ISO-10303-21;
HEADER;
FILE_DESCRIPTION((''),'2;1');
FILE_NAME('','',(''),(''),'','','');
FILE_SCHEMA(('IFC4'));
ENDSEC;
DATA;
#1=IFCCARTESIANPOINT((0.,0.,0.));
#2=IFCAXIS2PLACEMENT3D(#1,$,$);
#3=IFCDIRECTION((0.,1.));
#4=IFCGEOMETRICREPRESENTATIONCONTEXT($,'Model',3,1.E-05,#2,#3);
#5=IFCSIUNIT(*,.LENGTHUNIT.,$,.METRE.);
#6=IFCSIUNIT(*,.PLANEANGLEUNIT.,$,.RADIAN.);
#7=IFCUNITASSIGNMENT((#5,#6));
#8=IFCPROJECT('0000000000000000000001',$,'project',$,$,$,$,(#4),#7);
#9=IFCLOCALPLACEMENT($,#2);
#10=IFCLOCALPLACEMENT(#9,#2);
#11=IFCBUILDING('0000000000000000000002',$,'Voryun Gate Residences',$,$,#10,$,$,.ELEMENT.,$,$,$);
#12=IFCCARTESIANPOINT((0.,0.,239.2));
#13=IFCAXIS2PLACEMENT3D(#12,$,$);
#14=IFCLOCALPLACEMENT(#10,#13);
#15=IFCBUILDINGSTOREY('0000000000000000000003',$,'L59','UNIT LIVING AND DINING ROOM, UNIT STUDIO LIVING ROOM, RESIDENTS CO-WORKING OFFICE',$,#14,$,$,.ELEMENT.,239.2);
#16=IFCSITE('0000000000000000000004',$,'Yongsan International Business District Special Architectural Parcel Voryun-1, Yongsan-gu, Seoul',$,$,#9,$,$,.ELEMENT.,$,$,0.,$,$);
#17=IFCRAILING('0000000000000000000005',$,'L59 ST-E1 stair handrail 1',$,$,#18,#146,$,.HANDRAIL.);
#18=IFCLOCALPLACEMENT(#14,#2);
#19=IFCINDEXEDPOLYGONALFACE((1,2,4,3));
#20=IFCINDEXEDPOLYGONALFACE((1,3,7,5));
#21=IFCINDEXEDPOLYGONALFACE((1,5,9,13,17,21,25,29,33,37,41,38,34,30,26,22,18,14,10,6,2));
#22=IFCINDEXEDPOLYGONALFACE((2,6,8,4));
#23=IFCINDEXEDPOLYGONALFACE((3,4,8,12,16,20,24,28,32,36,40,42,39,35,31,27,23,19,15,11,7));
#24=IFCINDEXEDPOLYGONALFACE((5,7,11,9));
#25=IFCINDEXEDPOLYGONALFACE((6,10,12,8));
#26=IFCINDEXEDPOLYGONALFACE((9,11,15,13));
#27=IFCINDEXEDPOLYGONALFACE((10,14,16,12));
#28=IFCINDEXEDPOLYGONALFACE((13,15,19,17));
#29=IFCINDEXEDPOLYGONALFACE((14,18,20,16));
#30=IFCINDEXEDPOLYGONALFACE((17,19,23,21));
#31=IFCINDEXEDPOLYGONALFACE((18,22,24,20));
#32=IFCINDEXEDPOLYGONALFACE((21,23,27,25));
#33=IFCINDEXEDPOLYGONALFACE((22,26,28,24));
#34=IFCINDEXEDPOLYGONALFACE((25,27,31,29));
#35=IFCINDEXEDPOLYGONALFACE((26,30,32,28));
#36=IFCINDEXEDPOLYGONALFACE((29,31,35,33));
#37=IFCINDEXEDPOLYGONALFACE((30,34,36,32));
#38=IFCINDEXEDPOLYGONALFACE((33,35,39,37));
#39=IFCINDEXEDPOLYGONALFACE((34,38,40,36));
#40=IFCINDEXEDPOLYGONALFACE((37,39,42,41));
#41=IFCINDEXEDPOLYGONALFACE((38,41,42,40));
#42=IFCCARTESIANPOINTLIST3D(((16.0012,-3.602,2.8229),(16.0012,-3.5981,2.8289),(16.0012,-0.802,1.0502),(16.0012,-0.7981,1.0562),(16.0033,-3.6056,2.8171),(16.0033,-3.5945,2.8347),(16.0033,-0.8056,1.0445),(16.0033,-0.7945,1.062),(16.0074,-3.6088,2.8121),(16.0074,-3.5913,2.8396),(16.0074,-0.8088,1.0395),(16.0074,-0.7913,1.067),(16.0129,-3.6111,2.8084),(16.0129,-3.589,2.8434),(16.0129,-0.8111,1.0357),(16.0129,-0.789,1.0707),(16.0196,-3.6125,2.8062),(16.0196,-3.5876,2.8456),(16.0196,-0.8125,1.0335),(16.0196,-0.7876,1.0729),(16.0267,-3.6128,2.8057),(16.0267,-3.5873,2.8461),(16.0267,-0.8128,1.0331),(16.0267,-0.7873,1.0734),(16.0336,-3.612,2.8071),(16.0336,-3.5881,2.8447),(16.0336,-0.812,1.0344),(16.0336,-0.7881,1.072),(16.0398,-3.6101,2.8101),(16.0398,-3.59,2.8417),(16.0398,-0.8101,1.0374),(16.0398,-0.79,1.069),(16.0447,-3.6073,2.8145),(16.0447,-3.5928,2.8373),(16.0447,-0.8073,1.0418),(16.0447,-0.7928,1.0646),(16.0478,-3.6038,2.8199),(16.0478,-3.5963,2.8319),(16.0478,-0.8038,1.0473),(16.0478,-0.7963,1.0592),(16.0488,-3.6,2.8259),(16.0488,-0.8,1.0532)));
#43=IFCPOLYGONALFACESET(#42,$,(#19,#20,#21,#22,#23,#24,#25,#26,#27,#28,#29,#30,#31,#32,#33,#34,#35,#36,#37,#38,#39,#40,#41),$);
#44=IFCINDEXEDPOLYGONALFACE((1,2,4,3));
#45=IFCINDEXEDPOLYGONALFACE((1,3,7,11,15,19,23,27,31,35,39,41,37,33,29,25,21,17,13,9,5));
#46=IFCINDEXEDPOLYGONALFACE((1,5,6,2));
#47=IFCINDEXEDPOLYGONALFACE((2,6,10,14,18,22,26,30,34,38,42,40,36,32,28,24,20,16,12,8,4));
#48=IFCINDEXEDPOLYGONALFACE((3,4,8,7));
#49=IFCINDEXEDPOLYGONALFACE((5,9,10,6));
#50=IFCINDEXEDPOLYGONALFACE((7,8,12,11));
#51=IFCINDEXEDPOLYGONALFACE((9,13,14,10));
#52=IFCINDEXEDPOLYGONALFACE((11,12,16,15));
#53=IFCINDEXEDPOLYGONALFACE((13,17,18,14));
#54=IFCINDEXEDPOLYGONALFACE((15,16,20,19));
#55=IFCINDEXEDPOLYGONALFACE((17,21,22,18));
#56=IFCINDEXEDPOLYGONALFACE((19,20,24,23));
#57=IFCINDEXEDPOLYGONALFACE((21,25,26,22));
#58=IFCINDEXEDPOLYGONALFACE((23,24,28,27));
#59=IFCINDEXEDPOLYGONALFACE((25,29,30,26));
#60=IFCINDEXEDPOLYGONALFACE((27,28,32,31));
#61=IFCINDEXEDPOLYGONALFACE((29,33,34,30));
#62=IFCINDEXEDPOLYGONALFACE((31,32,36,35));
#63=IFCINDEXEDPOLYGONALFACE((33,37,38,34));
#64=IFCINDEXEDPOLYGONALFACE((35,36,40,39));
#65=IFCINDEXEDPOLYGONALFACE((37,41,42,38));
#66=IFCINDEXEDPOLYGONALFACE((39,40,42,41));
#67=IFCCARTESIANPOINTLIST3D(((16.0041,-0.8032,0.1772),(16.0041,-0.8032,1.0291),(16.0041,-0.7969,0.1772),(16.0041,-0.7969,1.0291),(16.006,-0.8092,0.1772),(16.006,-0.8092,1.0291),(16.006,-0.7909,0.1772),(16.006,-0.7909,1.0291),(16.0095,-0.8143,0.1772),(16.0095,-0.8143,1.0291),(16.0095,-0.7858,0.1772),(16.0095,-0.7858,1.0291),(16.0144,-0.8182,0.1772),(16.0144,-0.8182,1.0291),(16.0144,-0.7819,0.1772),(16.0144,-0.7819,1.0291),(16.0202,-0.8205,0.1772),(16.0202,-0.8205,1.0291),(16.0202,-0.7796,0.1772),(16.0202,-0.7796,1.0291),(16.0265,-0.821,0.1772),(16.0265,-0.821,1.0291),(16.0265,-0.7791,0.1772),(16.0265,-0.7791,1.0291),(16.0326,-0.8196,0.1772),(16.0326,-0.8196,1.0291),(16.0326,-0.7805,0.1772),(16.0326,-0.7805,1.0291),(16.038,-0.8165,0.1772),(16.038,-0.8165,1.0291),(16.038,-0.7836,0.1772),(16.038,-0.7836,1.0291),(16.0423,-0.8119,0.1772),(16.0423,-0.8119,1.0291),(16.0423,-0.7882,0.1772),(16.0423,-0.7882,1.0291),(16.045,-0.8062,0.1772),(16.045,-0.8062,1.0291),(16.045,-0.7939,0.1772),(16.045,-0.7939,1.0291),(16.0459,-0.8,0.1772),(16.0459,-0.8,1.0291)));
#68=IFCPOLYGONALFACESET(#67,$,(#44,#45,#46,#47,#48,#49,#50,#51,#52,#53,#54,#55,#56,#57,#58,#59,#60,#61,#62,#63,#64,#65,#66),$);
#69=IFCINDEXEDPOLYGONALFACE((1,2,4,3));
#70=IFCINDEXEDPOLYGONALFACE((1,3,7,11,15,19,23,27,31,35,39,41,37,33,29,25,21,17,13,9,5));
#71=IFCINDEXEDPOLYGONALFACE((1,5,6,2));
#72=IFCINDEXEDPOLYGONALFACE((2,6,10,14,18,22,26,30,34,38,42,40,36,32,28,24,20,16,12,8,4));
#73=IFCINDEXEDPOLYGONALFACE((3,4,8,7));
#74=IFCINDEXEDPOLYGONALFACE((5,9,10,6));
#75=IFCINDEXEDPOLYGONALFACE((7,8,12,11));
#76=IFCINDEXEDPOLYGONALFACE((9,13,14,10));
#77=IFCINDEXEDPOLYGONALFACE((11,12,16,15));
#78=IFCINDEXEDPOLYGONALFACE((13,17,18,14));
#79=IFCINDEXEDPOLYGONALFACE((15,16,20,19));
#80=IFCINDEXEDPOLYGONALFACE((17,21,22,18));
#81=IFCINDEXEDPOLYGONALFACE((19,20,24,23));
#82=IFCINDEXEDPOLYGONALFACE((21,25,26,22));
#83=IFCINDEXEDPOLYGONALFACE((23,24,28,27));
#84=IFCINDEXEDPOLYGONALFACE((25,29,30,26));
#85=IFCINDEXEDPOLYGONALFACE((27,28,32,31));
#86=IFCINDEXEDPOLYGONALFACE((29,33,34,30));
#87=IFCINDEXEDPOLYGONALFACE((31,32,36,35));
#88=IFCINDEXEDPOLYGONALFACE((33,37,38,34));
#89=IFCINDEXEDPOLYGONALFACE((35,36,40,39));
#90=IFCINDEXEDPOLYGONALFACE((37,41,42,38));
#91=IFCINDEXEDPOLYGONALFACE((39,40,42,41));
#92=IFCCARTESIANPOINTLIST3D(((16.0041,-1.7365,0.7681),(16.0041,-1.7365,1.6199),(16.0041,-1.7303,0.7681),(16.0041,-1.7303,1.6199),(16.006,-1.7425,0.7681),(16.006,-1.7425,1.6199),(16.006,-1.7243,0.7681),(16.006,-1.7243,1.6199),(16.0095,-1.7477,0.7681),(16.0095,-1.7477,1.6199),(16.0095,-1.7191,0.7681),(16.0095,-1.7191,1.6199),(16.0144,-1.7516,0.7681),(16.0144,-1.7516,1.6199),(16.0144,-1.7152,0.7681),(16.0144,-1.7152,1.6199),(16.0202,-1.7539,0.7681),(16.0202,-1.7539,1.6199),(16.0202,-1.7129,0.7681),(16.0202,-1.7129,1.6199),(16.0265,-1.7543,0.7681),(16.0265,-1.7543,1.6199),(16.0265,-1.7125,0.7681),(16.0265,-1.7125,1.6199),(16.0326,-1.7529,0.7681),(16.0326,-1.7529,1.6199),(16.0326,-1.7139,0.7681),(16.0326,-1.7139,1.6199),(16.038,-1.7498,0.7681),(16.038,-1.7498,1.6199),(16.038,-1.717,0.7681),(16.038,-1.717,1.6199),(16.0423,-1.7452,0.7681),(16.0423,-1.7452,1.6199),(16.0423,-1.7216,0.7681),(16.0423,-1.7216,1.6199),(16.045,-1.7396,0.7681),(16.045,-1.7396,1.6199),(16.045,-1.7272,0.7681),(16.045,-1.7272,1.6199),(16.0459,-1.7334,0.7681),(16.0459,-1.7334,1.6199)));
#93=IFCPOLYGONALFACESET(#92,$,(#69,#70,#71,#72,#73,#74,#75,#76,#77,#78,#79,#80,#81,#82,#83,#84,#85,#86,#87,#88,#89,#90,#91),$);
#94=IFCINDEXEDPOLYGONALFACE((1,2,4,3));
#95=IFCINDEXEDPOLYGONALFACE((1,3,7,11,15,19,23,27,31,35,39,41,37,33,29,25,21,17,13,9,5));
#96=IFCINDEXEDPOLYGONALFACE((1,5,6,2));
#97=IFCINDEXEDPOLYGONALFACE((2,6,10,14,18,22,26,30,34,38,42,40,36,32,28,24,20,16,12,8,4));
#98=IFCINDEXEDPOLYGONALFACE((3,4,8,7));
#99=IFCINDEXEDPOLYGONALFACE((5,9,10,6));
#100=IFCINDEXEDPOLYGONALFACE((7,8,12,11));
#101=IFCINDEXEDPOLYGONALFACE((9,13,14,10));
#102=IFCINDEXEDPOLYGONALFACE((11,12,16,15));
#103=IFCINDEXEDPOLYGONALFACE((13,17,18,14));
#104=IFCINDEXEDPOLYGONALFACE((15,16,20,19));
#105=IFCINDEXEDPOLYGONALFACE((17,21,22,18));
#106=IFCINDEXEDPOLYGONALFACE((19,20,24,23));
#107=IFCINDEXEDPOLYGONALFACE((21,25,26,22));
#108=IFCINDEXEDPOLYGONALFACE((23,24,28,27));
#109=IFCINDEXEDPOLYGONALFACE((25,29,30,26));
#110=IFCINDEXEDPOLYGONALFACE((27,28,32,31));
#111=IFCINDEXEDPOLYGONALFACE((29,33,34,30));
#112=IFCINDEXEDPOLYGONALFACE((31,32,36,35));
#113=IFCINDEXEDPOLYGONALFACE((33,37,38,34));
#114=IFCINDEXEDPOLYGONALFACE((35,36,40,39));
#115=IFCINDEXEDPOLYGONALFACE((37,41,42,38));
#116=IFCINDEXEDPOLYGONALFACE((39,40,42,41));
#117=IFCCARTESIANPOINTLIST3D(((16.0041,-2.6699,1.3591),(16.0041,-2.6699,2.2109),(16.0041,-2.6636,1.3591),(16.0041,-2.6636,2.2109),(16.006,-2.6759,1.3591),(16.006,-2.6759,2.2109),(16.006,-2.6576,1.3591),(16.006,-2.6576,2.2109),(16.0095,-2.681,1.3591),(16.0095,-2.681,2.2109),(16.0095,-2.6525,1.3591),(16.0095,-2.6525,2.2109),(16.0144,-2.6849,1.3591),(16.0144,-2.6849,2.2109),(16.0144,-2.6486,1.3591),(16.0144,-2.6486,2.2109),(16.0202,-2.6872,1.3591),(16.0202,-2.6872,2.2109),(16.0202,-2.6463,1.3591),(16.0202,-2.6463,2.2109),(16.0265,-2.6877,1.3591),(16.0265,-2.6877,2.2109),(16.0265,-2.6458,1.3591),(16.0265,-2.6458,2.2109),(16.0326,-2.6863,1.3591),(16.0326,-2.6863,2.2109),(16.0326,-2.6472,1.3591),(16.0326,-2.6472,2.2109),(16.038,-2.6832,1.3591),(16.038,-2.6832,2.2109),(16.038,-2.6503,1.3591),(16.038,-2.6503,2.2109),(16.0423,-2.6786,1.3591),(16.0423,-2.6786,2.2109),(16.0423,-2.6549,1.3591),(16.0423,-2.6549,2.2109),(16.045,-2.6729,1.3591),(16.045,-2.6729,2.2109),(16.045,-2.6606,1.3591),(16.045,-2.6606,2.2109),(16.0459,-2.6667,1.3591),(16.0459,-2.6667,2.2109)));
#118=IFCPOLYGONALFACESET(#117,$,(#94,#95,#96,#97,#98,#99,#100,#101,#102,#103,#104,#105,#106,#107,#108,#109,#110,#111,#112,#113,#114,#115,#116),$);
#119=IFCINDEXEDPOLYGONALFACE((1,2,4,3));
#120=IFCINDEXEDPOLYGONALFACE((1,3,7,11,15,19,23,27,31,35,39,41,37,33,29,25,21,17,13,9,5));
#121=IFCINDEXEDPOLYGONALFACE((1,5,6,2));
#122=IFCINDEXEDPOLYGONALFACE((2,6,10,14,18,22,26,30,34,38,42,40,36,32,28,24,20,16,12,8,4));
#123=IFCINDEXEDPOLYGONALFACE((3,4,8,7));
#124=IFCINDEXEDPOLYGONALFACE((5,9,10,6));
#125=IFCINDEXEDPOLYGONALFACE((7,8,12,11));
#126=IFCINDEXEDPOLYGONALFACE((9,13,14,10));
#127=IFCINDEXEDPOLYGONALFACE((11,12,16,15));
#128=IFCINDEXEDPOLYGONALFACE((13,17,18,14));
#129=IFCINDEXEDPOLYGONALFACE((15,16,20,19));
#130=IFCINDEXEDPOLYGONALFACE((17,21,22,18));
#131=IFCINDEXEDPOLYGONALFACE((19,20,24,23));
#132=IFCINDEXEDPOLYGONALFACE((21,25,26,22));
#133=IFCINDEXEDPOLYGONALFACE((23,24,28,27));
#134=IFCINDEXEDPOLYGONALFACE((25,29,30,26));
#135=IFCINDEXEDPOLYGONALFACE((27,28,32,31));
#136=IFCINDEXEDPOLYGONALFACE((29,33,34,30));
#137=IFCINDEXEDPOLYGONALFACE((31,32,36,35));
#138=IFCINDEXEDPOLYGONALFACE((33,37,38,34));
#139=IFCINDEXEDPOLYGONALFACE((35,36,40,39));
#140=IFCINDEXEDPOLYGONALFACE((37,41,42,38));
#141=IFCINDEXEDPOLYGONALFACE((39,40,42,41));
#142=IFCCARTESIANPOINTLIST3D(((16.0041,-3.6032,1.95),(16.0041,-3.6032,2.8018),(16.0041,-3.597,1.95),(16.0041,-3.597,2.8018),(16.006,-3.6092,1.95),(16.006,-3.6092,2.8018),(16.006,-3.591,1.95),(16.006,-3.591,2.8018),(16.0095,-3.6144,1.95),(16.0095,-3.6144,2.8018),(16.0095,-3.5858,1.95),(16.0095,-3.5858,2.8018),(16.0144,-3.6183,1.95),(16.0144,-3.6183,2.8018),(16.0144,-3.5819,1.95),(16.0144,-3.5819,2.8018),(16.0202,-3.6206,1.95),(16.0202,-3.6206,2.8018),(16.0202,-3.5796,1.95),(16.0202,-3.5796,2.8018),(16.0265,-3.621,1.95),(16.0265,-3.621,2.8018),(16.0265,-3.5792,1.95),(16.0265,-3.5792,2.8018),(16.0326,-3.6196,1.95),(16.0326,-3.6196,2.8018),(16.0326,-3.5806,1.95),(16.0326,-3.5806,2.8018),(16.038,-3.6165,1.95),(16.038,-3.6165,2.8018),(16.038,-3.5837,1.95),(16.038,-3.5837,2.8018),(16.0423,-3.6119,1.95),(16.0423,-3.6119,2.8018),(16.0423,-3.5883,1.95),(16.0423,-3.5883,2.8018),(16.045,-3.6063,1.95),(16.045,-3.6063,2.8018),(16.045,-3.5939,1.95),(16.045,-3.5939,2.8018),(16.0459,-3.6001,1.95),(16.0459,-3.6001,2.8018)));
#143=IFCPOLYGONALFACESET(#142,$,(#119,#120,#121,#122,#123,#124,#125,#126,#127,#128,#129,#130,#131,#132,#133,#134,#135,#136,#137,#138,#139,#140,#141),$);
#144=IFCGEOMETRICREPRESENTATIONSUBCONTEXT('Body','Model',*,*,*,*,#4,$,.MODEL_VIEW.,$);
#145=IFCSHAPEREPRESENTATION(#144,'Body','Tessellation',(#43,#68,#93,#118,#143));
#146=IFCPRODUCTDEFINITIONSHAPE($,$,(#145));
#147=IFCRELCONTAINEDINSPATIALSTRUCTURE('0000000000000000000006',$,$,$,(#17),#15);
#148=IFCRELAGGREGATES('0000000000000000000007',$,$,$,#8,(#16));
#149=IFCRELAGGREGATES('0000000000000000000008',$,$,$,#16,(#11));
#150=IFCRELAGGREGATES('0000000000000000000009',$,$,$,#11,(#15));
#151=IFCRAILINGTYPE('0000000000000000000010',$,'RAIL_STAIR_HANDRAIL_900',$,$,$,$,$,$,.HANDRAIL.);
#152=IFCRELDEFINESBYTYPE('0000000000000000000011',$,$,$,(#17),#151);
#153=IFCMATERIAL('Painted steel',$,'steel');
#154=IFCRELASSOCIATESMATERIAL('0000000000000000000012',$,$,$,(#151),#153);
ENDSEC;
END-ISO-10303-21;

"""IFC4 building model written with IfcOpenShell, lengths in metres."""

from ifc_helpers import new_model, si_unit, direction, frame, origin, origin_2d, place, context, subcontext, project, spatial, circle, extrude, material, type_object, element, save


model = new_model("IFC4")

# Units and contexts
model_context = context("Model", 3, precision=1e-05, world=origin(), true_north=direction((0.0, 1.0)))
body_context = subcontext(model_context, "Body", "Model", "MODEL_VIEW")
ifc_project = project(units=[si_unit("LENGTHUNIT", "METRE"), si_unit("PLANEANGLEUNIT", "RADIAN")], contexts=[model_context])

# Site, building, storey
site_placement = place(None, origin())
site = spatial("IfcSite", under=ifc_project, at=site_placement, Name="Yongsan International Business District Special Architectural Parcel Voryun-1, Yongsan-gu, Seoul", CompositionType="ELEMENT", RefElevation=0.0)
building_placement = place(site_placement, origin())
building = spatial("IfcBuilding", under=site, at=building_placement, Name="Voryun Gate Residences", CompositionType="ELEMENT")
storey_placement = place(building_placement, frame((0.0, 0.0, 239.2)))
storey = spatial("IfcBuildingStorey", under=building, at=storey_placement, Name="L59", Description="UNIT LIVING AND DINING ROOM, UNIT STUDIO LIVING ROOM, RESIDENTS CO-WORKING OFFICE", CompositionType="ELEMENT", Elevation=239.2)

# Railing
ifc_material_1 = material(Name="Painted steel", Category="steel")
railing_type_1 = type_object("IfcRailingType", Name="RAIL_STAIR_HANDRAIL_900", PredefinedType="HANDRAIL", material=ifc_material_1)
railing_1_placement = place(storey_placement, frame((16.0249, -0.8, 0.1772)))
element("IfcRailing", 1, at=railing_1_placement, inside=storey, type_object=railing_type_1, Name="L59 ST-E1 stair handrail 1", PredefinedType="HANDRAIL", context=body_context, shape_type="SweptSolid", body=[
    extrude(circle(Radius=0.0239, at=origin_2d()), frame((0.0, 0.0, 0.876), z_axis=(0.0, -0.844909, 0.53491), x_axis=(1.0, 0.0, 0.0)), (0.0, 0.0, 1.0), 3.314),
    extrude(circle(Radius=0.021, at=origin_2d()), origin(), (0.0, 0.0, 1.0), 0.8518),
    extrude(circle(Radius=0.021, at=origin_2d()), frame((0.0, -0.9333, 0.5908)), (0.0, 0.0, 1.0), 0.8518),
    extrude(circle(Radius=0.021, at=origin_2d()), frame((0.0, -1.8667, 1.1819)), (0.0, 0.0, 1.0), 0.8518),
    extrude(circle(Radius=0.021, at=origin_2d()), frame((0.0, -2.8, 1.7727)), (0.0, 0.0, 1.0), 0.8518),
])

save(model, "model.ifc")
